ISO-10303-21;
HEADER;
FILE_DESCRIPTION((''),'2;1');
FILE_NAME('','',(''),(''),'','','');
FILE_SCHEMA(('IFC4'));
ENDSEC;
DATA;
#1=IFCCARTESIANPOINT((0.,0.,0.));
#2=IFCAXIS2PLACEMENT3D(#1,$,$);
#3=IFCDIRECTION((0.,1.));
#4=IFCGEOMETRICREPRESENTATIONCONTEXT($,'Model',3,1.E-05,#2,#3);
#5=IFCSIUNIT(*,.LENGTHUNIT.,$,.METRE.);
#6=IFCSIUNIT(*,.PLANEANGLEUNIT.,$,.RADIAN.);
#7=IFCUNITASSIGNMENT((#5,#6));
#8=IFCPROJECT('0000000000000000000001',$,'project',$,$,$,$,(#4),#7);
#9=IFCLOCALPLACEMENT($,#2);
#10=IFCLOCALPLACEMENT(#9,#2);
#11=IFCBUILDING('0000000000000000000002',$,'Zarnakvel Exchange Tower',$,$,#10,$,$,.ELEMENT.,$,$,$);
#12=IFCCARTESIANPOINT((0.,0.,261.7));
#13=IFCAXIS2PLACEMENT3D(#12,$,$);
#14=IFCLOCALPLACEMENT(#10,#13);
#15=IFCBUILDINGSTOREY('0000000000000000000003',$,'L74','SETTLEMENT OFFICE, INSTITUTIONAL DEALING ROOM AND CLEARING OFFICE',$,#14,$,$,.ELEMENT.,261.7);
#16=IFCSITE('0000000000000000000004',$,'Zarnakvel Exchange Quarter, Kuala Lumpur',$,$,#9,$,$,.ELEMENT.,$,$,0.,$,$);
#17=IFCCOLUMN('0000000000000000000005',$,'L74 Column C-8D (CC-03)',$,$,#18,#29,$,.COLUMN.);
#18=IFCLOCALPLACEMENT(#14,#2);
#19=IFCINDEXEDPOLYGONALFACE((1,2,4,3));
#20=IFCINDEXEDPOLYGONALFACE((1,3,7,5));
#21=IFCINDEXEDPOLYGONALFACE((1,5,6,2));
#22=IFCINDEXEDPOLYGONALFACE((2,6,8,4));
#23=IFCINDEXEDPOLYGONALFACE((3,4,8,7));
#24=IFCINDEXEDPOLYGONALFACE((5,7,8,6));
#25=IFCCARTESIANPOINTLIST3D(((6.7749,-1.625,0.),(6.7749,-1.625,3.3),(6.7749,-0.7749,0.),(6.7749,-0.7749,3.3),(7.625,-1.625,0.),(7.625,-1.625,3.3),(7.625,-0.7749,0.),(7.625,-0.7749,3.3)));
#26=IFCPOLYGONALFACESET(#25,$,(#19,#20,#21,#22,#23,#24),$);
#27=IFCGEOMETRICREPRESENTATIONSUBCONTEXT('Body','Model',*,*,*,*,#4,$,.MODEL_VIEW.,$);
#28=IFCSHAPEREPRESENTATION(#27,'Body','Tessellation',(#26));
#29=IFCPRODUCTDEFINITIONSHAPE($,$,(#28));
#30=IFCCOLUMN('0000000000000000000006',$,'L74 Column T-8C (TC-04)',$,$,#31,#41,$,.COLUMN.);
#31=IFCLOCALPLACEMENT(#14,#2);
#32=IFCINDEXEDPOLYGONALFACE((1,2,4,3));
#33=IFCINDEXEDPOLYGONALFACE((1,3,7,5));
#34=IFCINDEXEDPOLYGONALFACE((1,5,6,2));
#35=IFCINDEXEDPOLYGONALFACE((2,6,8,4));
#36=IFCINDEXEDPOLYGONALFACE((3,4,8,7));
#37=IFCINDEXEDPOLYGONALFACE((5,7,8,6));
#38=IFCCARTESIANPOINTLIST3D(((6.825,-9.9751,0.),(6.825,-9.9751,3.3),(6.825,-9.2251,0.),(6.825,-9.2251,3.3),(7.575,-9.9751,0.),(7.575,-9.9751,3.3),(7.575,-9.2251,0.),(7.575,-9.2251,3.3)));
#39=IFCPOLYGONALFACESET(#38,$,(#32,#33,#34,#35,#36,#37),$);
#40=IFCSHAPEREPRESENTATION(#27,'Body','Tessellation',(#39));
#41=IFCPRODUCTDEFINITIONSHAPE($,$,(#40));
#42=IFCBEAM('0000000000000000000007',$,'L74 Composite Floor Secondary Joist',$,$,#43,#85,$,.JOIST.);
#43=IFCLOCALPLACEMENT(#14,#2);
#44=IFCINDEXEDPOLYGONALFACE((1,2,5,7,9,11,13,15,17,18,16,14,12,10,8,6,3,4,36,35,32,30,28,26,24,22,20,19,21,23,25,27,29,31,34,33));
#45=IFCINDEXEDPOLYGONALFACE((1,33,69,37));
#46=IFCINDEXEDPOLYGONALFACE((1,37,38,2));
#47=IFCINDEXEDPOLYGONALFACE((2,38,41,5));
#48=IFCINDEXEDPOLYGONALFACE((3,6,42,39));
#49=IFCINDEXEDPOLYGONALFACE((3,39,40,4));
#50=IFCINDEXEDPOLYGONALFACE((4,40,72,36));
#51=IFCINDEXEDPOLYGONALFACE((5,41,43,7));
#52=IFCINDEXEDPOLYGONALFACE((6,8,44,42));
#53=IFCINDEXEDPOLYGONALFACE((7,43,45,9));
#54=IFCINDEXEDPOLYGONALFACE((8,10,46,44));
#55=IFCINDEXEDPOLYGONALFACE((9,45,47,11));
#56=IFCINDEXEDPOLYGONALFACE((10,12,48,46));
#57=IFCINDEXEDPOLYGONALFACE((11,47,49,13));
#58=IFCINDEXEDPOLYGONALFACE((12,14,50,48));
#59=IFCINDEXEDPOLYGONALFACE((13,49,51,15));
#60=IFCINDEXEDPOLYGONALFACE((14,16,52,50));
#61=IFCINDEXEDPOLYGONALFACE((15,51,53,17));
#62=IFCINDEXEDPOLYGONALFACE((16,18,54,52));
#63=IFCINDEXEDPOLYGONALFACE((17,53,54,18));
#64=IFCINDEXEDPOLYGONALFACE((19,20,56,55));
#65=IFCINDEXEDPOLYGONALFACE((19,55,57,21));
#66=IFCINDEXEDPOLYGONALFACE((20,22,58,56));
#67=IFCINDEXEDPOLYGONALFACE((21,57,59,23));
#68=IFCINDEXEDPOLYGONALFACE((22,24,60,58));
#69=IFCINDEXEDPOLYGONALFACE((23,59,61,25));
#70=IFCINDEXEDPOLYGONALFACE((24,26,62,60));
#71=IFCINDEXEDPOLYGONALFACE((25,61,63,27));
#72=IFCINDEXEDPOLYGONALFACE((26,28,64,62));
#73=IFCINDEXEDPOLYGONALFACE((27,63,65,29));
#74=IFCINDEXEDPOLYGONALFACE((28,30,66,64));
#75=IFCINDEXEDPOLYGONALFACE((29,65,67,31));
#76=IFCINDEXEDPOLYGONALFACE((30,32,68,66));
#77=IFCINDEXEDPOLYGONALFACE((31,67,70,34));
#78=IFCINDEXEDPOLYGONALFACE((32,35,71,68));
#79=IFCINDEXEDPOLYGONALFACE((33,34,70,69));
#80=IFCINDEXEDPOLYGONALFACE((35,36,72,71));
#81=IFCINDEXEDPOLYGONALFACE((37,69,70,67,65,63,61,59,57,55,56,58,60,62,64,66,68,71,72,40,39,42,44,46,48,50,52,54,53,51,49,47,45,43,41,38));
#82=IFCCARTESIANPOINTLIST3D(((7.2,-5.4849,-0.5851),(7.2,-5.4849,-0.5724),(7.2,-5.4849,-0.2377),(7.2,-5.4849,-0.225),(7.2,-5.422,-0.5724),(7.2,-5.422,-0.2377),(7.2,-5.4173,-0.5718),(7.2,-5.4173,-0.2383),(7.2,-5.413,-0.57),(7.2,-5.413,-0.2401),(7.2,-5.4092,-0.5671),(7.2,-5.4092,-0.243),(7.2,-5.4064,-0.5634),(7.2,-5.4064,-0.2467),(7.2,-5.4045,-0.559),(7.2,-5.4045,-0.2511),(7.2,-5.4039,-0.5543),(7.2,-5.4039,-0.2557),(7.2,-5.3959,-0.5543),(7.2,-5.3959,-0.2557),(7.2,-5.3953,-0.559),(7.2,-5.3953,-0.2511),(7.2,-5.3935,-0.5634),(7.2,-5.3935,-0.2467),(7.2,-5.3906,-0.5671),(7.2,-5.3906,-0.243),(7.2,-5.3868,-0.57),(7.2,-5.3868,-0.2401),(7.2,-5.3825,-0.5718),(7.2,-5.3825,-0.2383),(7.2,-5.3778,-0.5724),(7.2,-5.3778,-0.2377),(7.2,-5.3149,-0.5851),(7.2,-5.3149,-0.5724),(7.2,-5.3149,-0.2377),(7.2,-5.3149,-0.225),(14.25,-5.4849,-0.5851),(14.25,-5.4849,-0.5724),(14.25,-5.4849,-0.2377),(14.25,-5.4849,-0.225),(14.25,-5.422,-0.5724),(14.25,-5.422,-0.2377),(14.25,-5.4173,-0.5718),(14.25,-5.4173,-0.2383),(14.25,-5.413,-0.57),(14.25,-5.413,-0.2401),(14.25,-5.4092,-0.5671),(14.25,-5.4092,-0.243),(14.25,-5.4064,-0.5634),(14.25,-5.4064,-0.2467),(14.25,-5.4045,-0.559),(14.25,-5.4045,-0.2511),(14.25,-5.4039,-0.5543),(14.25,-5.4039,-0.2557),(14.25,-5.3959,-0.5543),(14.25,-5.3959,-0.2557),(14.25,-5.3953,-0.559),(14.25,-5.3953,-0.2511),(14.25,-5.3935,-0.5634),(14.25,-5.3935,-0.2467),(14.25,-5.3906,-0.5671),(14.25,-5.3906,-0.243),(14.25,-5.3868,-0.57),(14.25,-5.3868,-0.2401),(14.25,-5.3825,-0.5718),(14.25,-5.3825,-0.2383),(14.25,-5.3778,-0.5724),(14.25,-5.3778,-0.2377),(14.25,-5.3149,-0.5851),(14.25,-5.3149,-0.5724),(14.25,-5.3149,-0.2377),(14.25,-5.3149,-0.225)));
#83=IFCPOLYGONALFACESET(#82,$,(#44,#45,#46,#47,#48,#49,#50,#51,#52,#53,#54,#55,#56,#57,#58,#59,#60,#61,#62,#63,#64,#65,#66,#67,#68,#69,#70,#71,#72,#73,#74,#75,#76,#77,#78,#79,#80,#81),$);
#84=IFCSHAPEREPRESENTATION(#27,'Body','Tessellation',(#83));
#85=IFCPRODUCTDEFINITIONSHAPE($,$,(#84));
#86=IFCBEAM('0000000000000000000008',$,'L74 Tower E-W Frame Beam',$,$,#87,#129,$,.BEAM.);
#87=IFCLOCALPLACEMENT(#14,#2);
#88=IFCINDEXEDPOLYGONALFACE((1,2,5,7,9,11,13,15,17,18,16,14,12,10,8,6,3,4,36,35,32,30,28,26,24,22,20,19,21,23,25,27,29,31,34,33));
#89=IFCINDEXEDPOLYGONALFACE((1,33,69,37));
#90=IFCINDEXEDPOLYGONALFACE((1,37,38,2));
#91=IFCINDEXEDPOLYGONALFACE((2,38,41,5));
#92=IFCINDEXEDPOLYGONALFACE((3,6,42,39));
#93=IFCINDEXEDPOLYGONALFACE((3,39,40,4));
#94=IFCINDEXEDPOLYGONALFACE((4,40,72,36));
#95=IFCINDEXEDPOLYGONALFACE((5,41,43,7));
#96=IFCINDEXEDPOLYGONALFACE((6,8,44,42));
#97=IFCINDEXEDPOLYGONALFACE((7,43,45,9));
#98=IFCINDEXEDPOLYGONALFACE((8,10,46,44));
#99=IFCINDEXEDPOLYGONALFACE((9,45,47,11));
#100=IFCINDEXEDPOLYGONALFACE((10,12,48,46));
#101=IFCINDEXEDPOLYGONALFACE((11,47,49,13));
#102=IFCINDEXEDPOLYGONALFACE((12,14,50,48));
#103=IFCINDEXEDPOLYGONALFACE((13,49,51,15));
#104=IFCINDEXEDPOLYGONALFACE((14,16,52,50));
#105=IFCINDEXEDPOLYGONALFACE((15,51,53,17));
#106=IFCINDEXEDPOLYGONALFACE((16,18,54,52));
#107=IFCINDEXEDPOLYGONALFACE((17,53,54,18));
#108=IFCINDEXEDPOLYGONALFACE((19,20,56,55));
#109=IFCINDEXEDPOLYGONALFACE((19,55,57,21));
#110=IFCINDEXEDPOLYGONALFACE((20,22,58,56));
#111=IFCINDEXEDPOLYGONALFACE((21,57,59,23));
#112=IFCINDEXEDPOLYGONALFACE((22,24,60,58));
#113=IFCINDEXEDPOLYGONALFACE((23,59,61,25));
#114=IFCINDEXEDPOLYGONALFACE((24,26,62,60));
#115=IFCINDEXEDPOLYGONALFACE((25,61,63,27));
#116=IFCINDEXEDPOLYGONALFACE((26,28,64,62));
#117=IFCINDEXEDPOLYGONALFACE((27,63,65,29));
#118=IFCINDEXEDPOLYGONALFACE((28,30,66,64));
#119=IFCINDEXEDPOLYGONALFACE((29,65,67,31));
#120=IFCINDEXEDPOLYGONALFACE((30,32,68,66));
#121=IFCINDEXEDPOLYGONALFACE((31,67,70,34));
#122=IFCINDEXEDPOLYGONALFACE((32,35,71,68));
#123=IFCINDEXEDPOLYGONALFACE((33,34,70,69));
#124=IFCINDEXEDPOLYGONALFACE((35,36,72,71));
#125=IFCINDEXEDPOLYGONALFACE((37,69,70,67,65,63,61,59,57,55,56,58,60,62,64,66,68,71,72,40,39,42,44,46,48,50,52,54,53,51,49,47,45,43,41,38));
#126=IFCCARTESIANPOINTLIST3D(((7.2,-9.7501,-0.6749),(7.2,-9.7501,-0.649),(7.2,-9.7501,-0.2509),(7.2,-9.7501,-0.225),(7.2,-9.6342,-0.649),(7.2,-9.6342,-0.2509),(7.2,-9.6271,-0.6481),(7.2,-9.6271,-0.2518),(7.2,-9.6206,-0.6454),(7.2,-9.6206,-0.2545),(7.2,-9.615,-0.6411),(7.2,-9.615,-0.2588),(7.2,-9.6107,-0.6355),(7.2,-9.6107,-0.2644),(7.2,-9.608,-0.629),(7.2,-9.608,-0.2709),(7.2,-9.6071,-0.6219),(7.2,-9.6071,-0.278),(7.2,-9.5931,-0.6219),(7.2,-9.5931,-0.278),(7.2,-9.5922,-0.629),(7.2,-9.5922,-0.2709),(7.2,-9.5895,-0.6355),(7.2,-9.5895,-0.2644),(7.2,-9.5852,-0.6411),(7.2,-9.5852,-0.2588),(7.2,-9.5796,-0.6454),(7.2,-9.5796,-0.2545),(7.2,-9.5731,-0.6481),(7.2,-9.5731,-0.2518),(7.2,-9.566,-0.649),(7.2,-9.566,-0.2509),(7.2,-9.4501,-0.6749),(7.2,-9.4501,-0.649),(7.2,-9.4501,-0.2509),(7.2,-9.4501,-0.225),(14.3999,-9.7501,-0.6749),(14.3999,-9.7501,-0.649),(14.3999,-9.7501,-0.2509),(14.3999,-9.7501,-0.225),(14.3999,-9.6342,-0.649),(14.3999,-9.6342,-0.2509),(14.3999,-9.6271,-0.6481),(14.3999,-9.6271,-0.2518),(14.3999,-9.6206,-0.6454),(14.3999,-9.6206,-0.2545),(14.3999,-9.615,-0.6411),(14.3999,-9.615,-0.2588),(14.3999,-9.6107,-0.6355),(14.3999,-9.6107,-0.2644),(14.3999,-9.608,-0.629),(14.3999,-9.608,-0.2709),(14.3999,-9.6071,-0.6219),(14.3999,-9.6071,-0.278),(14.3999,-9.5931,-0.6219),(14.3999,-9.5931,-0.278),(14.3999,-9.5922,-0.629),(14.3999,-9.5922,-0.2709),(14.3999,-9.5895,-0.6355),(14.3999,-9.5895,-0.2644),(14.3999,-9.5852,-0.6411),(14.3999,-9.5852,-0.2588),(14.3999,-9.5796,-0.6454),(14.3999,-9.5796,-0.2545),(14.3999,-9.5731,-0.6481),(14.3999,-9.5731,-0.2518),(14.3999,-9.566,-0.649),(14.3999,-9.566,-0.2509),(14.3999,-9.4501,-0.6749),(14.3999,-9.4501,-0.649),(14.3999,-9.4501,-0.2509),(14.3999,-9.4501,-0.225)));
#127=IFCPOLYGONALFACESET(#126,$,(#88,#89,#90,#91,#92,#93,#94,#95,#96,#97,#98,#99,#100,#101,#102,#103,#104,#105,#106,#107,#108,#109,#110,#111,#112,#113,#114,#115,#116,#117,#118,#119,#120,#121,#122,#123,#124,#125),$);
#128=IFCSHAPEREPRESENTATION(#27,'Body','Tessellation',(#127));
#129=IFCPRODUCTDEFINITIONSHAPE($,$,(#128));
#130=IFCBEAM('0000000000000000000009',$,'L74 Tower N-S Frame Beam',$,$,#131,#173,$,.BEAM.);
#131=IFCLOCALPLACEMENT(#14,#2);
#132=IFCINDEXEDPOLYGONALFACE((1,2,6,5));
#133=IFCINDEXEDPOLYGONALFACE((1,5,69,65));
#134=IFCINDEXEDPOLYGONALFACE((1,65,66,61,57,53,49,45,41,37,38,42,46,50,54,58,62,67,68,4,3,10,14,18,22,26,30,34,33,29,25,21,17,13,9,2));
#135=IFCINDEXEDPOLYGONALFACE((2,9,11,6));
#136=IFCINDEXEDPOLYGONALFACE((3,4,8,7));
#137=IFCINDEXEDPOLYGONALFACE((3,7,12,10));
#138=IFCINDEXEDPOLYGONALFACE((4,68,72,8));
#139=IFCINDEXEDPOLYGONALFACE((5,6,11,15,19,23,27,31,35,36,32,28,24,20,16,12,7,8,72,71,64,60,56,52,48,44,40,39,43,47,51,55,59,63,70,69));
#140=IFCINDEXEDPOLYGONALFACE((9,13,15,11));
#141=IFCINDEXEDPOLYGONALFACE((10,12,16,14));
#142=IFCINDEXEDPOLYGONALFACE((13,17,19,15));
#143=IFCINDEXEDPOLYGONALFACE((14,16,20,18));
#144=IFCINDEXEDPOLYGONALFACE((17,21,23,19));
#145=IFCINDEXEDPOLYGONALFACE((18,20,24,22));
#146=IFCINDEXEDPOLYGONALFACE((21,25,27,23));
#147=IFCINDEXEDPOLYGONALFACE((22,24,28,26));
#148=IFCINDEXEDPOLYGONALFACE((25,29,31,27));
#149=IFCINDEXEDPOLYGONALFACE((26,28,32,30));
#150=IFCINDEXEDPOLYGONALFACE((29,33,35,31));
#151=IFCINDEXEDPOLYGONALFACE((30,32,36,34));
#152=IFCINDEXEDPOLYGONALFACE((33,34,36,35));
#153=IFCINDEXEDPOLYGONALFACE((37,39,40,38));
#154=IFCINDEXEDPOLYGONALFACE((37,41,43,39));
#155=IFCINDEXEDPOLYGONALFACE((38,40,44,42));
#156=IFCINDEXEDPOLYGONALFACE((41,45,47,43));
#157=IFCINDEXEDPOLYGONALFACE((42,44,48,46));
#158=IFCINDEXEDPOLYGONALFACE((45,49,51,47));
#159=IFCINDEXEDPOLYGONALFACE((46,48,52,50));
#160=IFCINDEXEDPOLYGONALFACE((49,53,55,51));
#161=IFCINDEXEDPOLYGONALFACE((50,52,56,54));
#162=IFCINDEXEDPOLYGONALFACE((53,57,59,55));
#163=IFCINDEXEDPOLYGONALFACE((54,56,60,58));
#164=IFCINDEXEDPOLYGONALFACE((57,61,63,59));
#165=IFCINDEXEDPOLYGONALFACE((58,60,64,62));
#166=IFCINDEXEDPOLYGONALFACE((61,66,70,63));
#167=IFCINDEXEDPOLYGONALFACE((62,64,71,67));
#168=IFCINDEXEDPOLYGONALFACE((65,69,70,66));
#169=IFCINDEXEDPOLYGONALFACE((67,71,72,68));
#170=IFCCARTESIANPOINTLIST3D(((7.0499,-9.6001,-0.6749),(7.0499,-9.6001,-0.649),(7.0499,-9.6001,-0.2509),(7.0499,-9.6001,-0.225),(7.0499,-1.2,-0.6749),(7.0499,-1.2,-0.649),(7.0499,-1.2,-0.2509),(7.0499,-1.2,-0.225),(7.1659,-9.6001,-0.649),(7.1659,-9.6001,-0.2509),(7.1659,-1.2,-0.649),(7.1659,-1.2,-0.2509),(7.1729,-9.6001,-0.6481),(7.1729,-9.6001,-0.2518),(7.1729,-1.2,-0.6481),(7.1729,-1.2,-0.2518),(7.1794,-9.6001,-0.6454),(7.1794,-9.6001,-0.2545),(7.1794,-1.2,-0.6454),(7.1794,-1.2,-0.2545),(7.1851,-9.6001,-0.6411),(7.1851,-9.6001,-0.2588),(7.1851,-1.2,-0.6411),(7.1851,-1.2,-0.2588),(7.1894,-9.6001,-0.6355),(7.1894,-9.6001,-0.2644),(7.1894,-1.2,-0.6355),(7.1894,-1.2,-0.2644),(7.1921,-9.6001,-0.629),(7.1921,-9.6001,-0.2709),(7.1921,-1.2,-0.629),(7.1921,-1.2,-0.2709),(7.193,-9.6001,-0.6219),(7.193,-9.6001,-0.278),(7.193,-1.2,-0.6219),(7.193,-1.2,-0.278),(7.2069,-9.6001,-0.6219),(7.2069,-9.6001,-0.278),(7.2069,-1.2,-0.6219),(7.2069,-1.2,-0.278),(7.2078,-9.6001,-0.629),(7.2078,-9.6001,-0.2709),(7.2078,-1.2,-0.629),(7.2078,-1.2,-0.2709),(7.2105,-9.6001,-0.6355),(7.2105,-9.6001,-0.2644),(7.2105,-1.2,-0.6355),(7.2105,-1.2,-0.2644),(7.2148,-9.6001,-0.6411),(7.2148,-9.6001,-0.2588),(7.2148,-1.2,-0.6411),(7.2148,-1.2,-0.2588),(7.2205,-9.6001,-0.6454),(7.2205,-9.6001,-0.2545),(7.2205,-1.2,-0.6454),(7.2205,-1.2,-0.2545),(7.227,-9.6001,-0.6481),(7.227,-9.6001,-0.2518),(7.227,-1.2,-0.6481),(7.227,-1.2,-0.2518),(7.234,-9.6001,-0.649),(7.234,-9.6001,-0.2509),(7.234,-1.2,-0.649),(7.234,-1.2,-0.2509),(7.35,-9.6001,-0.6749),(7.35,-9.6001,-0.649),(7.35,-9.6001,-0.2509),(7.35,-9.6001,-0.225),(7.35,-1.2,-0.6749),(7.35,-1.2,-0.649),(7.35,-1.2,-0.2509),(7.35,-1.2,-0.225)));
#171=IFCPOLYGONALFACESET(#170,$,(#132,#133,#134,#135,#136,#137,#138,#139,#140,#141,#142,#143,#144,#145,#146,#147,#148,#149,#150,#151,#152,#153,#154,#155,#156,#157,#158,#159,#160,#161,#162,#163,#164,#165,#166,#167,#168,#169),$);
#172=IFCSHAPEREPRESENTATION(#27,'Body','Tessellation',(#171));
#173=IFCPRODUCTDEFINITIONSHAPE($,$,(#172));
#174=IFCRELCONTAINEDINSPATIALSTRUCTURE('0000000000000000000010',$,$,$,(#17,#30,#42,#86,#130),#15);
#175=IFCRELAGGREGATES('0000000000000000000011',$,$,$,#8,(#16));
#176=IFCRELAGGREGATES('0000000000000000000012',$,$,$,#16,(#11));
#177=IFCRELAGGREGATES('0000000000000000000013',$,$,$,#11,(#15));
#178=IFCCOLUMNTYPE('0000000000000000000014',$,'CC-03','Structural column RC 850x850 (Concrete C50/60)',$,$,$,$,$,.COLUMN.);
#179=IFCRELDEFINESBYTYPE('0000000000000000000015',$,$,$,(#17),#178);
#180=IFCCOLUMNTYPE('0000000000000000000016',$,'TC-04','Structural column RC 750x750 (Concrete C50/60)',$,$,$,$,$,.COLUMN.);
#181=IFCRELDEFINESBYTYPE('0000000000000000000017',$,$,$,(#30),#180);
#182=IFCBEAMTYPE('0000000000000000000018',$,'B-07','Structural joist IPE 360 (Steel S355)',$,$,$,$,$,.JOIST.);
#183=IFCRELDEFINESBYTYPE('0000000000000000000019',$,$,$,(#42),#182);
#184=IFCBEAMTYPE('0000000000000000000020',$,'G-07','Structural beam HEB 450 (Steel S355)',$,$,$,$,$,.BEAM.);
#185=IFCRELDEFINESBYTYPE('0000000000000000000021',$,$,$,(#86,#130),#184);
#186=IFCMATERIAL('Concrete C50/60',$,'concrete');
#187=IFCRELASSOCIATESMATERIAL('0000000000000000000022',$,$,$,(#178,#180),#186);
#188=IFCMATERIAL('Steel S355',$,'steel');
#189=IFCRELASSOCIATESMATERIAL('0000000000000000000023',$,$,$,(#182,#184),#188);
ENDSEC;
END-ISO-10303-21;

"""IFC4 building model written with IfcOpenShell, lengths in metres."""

from ifc_helpers import new_model, si_unit, direction, frame, origin, origin_2d, place, context, subcontext, project, spatial, rectangle, i_section, extrude, material, material_profile, profile_set, type_object, element, save


model = new_model("IFC4")

# Units and contexts
model_context = context("Model", 3, precision=1e-05, world=origin(), true_north=direction((0.0, 1.0)))
body_context = subcontext(model_context, "Body", "Model", "MODEL_VIEW")
ifc_project = project(units=[si_unit("LENGTHUNIT", "METRE"), si_unit("PLANEANGLEUNIT", "RADIAN")], contexts=[model_context])

# Site, building, storey
site_placement = place(None, origin())
site = spatial("IfcSite", under=ifc_project, at=site_placement, Name="Zarnakvel Exchange Quarter, Kuala Lumpur", CompositionType="ELEMENT", RefElevation=0.0)
building_placement = place(site_placement, origin())
building = spatial("IfcBuilding", under=site, at=building_placement, Name="Zarnakvel Exchange Tower", CompositionType="ELEMENT")
storey_placement = place(building_placement, frame((0.0, 0.0, 261.7)))
storey = spatial("IfcBuildingStorey", under=building, at=storey_placement, Name="L74", Description="SETTLEMENT OFFICE, INSTITUTIONAL DEALING ROOM AND CLEARING OFFICE", CompositionType="ELEMENT", Elevation=261.7)

# Columns
ifc_material_1 = material(Name="Concrete C50/60", Category="concrete")
ifc_material_profile_1 = material_profile(ifc_material_1, rectangle(XDim=0.8501, YDim=0.8501, at=origin_2d()))
ifc_profile_set_1 = profile_set([ifc_material_profile_1], Name="Concrete C50/60")
column_type_1 = type_object("IfcColumnType", Name="CC-03", Description="Structural column RC 850x850 (Concrete C50/60)", PredefinedType="COLUMN", material=ifc_profile_set_1)
column_1_placement = place(storey_placement, frame((7.2, -1.2, 0.0), z_axis=(0.0, 0.0, 1.0), x_axis=(1.0, 0.0, 0.0)))
element("IfcColumn", 1, at=column_1_placement, inside=storey, type_object=column_type_1, Name="L74 Column C-8D (CC-03)", PredefinedType="COLUMN", context=body_context, shape_type="SweptSolid", body=[
    extrude(rectangle(XDim=0.8501, YDim=0.8501, at=origin_2d()), origin(), (0.0, 0.0, 1.0), 3.3),
])
ifc_material_profile_2 = material_profile(ifc_material_1, rectangle(XDim=0.75, YDim=0.75, at=origin_2d()))
ifc_profile_set_2 = profile_set([ifc_material_profile_2], Name="Concrete C50/60")
column_type_2 = type_object("IfcColumnType", Name="TC-04", Description="Structural column RC 750x750 (Concrete C50/60)", PredefinedType="COLUMN", material=ifc_profile_set_2)
column_2_placement = place(storey_placement, frame((7.2, -9.6001, 0.0), z_axis=(0.0, 0.0, 1.0), x_axis=(1.0, 0.0, 0.0)))
element("IfcColumn", 2, at=column_2_placement, inside=storey, type_object=column_type_2, Name="L74 Column T-8C (TC-04)", PredefinedType="COLUMN", context=body_context, shape_type="SweptSolid", body=[
    extrude(rectangle(XDim=0.75, YDim=0.75, at=origin_2d()), origin(), (0.0, 0.0, 1.0), 3.3),
])

# Beams
ifc_material_2 = material(Name="Steel S355", Category="steel")
ifc_material_profile_3 = material_profile(ifc_material_2, i_section(OverallWidth=0.1699, OverallDepth=0.3601, WebThickness=0.0081, FlangeThickness=0.0127, FilletRadius=0.0181, at=origin_2d()))
ifc_profile_set_3 = profile_set([ifc_material_profile_3], Name="Steel S355")
beam_type_1 = type_object("IfcBeamType", Name="B-07", Description="Structural joist IPE 360 (Steel S355)", PredefinedType="JOIST", material=ifc_profile_set_3)
beam_1_placement = place(storey_placement, frame((7.2, -5.3999, -0.405), z_axis=(1.0, 0.0, 0.0), x_axis=(0.0, 1.0, 0.0)))
element("IfcBeam", 3, at=beam_1_placement, inside=storey, type_object=beam_type_1, Name="L74 Composite Floor Secondary Joist", PredefinedType="JOIST", context=body_context, shape_type="SweptSolid", body=[
    extrude(i_section(OverallWidth=0.1699, OverallDepth=0.3601, WebThickness=0.0081, FlangeThickness=0.0127, FilletRadius=0.0181, at=origin_2d()), origin(), (0.0, 0.0, 1.0), 7.05),
])
ifc_material_profile_4 = material_profile(ifc_material_2, i_section(OverallWidth=0.3, OverallDepth=0.45, WebThickness=0.0139, FlangeThickness=0.0259, FilletRadius=0.0271, at=origin_2d()))
ifc_profile_set_4 = profile_set([ifc_material_profile_4], Name="Steel S355")
beam_type_2 = type_object("IfcBeamType", Name="G-07", Description="Structural beam HEB 450 (Steel S355)", PredefinedType="BEAM", material=ifc_profile_set_4)
beam_2_placement = place(storey_placement, frame((7.2, -9.6001, -0.45), z_axis=(1.0, 0.0, 0.0), x_axis=(0.0, 1.0, 0.0)))
element("IfcBeam", 4, at=beam_2_placement, inside=storey, type_object=beam_type_2, Name="L74 Tower E-W Frame Beam", PredefinedType="BEAM", context=body_context, shape_type="SweptSolid", body=[
    extrude(i_section(OverallWidth=0.3, OverallDepth=0.45, WebThickness=0.0139, FlangeThickness=0.0259, FilletRadius=0.0271, at=origin_2d()), origin(), (0.0, 0.0, 1.0), 7.2),
])
beam_3_placement = place(storey_placement, frame((7.2, -9.6001, -0.45), z_axis=(0.0, 1.0, 0.0), x_axis=(-1.0, 0.0, 0.0)))
element("IfcBeam", 5, at=beam_3_placement, inside=storey, type_object=beam_type_2, Name="L74 Tower N-S Frame Beam", PredefinedType="BEAM", context=body_context, shape_type="SweptSolid", body=[
    extrude(i_section(OverallWidth=0.3, OverallDepth=0.45, WebThickness=0.0139, FlangeThickness=0.0259, FilletRadius=0.0271, at=origin_2d()), origin(), (0.0, 0.0, 1.0), 8.4001),
])

save(model, "model.ifc")
